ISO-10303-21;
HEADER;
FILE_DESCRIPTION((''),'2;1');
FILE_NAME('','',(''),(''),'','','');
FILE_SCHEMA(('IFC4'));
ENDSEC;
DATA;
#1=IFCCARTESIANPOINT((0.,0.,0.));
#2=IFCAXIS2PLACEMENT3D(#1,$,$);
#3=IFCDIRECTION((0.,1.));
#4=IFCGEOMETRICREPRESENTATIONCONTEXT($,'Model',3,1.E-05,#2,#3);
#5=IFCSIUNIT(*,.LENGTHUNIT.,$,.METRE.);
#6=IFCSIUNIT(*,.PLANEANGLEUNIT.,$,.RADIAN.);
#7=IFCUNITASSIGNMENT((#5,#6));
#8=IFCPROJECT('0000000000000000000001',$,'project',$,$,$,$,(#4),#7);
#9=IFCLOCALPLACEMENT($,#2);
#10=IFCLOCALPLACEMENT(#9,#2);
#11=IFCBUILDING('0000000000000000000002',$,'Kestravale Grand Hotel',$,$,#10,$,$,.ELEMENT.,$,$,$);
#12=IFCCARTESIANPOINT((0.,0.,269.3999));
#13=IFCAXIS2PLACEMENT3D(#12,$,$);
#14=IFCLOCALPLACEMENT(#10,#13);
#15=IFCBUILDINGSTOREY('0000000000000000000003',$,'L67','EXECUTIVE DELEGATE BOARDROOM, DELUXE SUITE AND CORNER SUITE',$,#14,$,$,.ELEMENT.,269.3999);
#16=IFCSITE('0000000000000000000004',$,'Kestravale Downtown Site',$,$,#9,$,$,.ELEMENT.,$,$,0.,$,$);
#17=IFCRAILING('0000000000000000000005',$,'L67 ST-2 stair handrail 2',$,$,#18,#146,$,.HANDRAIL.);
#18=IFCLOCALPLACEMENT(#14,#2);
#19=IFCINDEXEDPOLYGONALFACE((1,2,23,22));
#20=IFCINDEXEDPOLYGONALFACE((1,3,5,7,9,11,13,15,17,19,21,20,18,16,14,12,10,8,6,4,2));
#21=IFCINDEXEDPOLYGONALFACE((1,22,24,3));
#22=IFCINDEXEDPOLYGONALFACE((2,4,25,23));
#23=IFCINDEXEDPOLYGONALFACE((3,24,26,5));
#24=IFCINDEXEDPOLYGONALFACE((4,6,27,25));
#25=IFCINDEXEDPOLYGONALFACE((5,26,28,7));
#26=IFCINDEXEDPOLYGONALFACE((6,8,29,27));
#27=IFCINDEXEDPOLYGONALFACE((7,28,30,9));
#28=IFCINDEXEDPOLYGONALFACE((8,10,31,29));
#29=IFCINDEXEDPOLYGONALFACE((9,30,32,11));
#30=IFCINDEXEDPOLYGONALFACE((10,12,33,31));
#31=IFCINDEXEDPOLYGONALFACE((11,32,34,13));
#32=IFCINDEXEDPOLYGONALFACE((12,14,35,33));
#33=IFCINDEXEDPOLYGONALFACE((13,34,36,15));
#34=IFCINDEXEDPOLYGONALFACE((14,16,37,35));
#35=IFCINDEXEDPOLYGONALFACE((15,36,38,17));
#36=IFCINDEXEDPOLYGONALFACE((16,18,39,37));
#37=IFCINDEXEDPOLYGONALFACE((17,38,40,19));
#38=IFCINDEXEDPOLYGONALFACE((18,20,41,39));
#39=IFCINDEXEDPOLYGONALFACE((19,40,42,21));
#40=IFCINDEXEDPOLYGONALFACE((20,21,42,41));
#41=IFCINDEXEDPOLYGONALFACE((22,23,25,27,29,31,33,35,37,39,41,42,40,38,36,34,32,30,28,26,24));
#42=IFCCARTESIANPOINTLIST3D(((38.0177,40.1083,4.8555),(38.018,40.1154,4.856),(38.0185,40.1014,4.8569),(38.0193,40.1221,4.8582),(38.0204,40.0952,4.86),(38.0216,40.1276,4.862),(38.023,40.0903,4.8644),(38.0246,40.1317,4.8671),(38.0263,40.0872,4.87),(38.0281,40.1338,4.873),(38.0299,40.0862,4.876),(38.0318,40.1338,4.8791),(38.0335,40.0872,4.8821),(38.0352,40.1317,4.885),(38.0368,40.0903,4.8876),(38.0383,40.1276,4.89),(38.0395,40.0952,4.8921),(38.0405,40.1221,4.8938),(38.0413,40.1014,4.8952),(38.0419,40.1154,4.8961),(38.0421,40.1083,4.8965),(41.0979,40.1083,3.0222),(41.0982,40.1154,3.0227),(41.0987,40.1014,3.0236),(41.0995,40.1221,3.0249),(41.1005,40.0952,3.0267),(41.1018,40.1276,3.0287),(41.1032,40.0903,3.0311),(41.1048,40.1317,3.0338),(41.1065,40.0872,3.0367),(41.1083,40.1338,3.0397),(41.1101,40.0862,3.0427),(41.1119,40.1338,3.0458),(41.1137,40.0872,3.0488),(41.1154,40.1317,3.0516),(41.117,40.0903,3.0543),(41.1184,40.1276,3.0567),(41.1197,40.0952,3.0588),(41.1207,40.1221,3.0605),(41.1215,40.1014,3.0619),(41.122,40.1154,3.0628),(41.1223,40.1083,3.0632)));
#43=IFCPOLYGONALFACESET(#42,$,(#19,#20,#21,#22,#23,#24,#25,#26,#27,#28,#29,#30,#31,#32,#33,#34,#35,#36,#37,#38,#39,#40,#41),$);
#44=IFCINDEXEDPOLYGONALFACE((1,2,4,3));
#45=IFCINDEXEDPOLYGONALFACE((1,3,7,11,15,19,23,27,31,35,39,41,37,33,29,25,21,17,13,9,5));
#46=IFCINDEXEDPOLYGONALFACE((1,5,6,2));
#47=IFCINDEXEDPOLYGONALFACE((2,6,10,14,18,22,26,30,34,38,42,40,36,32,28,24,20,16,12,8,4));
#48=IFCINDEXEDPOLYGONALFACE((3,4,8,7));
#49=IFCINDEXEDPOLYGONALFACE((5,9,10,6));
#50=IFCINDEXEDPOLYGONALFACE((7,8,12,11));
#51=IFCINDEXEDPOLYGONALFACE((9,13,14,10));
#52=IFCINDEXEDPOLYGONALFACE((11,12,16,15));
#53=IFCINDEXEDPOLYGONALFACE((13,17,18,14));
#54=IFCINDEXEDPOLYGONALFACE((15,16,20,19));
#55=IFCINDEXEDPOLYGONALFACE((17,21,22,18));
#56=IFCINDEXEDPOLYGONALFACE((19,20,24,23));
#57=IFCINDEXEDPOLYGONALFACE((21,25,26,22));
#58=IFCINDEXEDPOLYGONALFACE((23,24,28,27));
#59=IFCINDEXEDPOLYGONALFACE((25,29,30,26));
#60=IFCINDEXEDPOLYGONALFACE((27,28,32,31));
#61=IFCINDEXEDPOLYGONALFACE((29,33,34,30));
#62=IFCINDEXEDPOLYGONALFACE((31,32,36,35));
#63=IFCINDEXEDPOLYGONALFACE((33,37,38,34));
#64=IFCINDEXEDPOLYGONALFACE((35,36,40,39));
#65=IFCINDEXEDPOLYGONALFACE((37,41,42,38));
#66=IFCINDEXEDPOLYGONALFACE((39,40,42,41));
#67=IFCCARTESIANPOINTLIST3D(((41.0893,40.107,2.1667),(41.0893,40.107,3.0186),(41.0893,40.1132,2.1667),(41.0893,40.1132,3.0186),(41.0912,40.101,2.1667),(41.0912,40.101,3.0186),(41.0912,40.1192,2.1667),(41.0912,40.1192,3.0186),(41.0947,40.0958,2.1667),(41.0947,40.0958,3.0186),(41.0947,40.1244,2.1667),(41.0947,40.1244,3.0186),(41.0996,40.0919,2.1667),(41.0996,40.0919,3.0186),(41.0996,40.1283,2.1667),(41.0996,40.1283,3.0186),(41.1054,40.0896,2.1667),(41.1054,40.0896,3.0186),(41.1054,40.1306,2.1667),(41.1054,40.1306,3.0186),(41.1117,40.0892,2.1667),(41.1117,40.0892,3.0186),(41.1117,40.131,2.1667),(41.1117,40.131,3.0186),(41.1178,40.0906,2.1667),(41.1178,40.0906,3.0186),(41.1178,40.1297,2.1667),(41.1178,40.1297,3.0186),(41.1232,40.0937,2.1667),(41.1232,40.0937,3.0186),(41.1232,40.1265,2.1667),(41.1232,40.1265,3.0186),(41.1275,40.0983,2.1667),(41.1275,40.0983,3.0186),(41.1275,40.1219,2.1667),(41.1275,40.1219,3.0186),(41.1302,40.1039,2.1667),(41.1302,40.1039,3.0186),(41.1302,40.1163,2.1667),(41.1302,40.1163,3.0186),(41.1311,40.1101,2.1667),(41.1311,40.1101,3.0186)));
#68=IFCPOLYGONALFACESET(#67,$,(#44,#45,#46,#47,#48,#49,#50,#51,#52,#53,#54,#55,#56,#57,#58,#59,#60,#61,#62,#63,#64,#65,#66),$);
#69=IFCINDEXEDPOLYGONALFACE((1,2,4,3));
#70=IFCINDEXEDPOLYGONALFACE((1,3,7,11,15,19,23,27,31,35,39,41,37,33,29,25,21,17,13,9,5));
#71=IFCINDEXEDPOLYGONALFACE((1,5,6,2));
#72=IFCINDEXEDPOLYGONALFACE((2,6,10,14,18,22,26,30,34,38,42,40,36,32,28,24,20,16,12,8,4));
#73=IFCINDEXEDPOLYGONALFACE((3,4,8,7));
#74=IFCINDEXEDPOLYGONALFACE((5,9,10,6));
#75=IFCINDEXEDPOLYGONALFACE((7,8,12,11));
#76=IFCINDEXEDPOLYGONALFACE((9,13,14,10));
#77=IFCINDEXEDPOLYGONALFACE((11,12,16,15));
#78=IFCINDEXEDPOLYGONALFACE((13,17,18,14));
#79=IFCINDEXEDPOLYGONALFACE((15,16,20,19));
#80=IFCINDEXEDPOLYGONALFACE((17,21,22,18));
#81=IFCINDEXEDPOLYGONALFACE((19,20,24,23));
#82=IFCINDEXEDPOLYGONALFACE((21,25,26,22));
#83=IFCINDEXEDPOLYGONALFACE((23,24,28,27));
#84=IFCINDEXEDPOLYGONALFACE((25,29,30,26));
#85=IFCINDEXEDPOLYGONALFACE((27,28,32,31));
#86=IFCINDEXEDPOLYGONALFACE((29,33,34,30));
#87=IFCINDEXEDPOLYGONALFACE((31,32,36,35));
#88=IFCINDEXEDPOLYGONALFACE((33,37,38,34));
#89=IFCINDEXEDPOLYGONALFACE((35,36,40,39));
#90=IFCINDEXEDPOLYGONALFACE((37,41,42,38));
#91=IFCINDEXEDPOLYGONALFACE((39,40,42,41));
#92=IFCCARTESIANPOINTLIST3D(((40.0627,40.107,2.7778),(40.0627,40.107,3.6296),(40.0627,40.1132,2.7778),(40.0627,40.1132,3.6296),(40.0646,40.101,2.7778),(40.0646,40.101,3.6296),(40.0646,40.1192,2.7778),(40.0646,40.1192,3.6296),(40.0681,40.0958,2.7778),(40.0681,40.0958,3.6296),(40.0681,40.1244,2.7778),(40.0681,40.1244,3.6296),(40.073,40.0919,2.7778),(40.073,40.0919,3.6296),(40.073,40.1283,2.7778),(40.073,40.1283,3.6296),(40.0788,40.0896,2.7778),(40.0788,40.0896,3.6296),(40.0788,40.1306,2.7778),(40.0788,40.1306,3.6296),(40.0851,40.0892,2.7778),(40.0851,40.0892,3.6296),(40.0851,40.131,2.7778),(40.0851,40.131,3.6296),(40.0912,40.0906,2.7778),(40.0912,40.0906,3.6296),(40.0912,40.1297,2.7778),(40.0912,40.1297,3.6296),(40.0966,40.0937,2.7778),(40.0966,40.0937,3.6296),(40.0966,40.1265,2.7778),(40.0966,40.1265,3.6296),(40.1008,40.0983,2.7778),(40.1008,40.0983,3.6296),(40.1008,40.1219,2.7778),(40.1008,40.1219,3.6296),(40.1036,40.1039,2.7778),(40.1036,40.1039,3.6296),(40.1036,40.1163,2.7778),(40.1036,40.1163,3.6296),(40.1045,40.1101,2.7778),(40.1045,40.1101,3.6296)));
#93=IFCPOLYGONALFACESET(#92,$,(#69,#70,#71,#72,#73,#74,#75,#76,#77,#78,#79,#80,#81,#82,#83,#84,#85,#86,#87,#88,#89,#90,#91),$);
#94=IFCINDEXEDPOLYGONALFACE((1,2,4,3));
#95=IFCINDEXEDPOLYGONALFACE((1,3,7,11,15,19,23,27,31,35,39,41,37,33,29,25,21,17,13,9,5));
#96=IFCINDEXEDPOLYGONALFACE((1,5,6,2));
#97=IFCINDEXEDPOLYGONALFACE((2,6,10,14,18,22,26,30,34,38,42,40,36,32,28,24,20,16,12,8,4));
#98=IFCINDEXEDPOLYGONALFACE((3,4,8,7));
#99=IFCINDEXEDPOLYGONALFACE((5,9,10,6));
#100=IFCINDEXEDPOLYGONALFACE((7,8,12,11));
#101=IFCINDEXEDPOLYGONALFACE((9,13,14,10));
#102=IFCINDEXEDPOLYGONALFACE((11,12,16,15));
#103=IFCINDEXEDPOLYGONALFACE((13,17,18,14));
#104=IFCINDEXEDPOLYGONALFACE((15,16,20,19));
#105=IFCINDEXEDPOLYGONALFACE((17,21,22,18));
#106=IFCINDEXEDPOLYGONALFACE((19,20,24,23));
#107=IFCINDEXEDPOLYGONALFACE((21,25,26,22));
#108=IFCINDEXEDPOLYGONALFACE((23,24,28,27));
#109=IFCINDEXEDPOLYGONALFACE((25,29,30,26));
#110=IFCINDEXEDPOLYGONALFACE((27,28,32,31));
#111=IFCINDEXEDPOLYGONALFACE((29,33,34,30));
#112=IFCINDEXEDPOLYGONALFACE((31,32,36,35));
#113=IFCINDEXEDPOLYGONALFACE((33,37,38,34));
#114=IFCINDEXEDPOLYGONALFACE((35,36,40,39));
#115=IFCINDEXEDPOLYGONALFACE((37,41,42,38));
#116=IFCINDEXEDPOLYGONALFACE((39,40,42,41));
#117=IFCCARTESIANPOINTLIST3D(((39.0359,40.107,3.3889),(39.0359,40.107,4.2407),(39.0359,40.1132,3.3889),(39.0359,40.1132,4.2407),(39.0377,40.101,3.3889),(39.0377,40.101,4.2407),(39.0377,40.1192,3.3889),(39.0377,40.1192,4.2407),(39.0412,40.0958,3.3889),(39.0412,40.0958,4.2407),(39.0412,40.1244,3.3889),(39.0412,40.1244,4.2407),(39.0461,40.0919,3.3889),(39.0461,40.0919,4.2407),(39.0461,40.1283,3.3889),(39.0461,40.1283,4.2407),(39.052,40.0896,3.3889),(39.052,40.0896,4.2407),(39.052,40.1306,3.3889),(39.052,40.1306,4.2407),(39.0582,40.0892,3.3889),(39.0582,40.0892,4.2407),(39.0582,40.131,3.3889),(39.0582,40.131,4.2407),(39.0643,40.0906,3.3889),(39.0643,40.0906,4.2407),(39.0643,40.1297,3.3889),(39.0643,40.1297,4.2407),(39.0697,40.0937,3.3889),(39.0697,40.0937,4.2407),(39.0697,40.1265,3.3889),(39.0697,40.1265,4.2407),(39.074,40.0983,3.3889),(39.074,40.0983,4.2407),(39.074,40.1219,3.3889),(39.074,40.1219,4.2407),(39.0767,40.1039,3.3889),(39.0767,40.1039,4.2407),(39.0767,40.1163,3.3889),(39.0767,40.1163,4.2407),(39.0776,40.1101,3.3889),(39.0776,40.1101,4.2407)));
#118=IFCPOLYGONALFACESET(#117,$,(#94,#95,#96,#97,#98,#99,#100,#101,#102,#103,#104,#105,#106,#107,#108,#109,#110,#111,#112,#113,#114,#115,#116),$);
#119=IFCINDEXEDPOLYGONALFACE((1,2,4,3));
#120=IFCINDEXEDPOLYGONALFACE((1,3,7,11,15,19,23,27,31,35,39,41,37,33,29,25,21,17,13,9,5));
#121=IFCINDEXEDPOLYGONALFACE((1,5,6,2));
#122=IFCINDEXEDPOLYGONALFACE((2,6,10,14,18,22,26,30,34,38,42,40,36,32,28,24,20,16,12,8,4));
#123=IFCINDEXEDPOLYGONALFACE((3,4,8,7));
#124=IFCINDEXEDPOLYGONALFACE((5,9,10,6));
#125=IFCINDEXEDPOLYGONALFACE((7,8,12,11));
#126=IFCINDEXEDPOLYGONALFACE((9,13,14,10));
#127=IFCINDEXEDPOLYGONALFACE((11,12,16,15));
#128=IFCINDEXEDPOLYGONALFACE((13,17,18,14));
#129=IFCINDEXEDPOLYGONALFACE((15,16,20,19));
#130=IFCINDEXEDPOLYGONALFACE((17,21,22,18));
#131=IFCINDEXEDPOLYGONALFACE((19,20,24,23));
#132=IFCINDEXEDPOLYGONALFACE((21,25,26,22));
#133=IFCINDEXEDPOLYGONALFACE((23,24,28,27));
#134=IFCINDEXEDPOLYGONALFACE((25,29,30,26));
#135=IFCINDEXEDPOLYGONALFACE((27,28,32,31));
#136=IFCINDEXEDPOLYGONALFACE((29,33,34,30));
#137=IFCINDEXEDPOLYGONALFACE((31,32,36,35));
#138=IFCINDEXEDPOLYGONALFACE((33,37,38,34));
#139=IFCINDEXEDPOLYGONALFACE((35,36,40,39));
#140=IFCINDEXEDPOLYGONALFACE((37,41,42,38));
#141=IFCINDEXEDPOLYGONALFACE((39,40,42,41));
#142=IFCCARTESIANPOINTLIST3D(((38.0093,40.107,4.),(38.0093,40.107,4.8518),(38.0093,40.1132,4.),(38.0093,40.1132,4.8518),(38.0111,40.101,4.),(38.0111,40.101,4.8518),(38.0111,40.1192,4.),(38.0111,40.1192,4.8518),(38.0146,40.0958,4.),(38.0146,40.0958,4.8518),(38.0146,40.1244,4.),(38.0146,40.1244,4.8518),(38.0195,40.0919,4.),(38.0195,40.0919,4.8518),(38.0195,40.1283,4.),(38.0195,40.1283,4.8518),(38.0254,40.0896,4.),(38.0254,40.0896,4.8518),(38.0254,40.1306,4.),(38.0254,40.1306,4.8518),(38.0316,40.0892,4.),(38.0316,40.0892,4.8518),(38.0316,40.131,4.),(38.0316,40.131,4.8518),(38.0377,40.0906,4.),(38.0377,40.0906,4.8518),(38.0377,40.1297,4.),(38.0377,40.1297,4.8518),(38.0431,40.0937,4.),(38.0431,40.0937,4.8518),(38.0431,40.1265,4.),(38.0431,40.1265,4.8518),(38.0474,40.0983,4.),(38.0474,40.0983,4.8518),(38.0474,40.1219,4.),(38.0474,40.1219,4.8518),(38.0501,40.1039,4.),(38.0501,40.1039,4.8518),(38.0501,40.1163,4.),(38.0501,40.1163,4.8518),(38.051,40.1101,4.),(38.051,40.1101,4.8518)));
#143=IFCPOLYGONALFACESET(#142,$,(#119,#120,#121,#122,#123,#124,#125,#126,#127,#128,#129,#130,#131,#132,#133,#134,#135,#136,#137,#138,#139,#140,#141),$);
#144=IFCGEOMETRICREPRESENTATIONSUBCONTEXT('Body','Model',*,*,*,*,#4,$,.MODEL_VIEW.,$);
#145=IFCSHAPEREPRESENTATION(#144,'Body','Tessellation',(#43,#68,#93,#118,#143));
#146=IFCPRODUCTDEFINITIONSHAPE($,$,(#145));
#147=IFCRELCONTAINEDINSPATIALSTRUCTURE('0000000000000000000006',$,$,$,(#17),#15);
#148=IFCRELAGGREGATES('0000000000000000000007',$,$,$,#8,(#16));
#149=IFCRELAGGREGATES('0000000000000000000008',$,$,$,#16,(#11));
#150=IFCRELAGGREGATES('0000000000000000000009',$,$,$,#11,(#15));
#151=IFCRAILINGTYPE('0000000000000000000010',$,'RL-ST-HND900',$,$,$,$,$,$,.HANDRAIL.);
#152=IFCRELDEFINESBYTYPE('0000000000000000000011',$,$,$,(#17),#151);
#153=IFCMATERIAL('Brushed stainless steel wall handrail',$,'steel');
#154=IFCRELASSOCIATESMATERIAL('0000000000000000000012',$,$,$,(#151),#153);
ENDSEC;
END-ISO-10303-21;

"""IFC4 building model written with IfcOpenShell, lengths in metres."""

from ifc_helpers import new_model, si_unit, direction, frame, origin, origin_2d, place, context, subcontext, project, spatial, circle, extrude, material, type_object, element, save


model = new_model("IFC4")

# Units and contexts
model_context = context("Model", 3, precision=1e-05, world=origin(), true_north=direction((0.0, 1.0)))
body_context = subcontext(model_context, "Body", "Model", "MODEL_VIEW")
ifc_project = project(units=[si_unit("LENGTHUNIT", "METRE"), si_unit("PLANEANGLEUNIT", "RADIAN")], contexts=[model_context])

# Site, building, storey
site_placement = place(None, origin())
site = spatial("IfcSite", under=ifc_project, at=site_placement, Name="Kestravale Downtown Site", CompositionType="ELEMENT", RefElevation=0.0)
building_placement = place(site_placement, origin())
building = spatial("IfcBuilding", under=site, at=building_placement, Name="Kestravale Grand Hotel", CompositionType="ELEMENT")
storey_placement = place(building_placement, frame((0.0, 0.0, 269.3999)))
storey = spatial("IfcBuildingStorey", under=building, at=storey_placement, Name="L67", Description="EXECUTIVE DELEGATE BOARDROOM, DELUXE SUITE AND CORNER SUITE", CompositionType="ELEMENT", Elevation=269.3999)

# Railing
ifc_material_1 = material(Name="Brushed stainless steel wall handrail", Category="steel")
railing_type_1 = type_object("IfcRailingType", Name="RL-ST-HND900", PredefinedType="HANDRAIL", material=ifc_material_1)
railing_1_placement = place(storey_placement, frame((41.1101, 40.1101, 2.1667)))
element("IfcRailing", 1, at=railing_1_placement, inside=storey, type_object=railing_type_1, Name="L67 ST-2 stair handrail 2", PredefinedType="HANDRAIL", context=body_context, shape_type="SweptSolid", body=[
    extrude(circle(Radius=0.0239, at=origin_2d()), frame((0.0, 0.0, 0.876), z_axis=(-0.859309, 0.0, 0.511458), x_axis=(0.0, -1.0, 0.0)), (0.0, 0.0, 1.0), 3.5845),
    extrude(circle(Radius=0.021, at=origin_2d()), origin(), (0.0, 0.0, 1.0), 0.8518),
    extrude(circle(Radius=0.021, at=origin_2d()), frame((-1.0266, 0.0, 0.6111)), (0.0, 0.0, 1.0), 0.8518),
    extrude(circle(Radius=0.021, at=origin_2d()), frame((-2.0535, 0.0, 1.2222)), (0.0, 0.0, 1.0), 0.8518),
    extrude(circle(Radius=0.021, at=origin_2d()), frame((-3.0801, 0.0, 1.8333)), (0.0, 0.0, 1.0), 0.8518),
])

save(model, "model.ifc")
